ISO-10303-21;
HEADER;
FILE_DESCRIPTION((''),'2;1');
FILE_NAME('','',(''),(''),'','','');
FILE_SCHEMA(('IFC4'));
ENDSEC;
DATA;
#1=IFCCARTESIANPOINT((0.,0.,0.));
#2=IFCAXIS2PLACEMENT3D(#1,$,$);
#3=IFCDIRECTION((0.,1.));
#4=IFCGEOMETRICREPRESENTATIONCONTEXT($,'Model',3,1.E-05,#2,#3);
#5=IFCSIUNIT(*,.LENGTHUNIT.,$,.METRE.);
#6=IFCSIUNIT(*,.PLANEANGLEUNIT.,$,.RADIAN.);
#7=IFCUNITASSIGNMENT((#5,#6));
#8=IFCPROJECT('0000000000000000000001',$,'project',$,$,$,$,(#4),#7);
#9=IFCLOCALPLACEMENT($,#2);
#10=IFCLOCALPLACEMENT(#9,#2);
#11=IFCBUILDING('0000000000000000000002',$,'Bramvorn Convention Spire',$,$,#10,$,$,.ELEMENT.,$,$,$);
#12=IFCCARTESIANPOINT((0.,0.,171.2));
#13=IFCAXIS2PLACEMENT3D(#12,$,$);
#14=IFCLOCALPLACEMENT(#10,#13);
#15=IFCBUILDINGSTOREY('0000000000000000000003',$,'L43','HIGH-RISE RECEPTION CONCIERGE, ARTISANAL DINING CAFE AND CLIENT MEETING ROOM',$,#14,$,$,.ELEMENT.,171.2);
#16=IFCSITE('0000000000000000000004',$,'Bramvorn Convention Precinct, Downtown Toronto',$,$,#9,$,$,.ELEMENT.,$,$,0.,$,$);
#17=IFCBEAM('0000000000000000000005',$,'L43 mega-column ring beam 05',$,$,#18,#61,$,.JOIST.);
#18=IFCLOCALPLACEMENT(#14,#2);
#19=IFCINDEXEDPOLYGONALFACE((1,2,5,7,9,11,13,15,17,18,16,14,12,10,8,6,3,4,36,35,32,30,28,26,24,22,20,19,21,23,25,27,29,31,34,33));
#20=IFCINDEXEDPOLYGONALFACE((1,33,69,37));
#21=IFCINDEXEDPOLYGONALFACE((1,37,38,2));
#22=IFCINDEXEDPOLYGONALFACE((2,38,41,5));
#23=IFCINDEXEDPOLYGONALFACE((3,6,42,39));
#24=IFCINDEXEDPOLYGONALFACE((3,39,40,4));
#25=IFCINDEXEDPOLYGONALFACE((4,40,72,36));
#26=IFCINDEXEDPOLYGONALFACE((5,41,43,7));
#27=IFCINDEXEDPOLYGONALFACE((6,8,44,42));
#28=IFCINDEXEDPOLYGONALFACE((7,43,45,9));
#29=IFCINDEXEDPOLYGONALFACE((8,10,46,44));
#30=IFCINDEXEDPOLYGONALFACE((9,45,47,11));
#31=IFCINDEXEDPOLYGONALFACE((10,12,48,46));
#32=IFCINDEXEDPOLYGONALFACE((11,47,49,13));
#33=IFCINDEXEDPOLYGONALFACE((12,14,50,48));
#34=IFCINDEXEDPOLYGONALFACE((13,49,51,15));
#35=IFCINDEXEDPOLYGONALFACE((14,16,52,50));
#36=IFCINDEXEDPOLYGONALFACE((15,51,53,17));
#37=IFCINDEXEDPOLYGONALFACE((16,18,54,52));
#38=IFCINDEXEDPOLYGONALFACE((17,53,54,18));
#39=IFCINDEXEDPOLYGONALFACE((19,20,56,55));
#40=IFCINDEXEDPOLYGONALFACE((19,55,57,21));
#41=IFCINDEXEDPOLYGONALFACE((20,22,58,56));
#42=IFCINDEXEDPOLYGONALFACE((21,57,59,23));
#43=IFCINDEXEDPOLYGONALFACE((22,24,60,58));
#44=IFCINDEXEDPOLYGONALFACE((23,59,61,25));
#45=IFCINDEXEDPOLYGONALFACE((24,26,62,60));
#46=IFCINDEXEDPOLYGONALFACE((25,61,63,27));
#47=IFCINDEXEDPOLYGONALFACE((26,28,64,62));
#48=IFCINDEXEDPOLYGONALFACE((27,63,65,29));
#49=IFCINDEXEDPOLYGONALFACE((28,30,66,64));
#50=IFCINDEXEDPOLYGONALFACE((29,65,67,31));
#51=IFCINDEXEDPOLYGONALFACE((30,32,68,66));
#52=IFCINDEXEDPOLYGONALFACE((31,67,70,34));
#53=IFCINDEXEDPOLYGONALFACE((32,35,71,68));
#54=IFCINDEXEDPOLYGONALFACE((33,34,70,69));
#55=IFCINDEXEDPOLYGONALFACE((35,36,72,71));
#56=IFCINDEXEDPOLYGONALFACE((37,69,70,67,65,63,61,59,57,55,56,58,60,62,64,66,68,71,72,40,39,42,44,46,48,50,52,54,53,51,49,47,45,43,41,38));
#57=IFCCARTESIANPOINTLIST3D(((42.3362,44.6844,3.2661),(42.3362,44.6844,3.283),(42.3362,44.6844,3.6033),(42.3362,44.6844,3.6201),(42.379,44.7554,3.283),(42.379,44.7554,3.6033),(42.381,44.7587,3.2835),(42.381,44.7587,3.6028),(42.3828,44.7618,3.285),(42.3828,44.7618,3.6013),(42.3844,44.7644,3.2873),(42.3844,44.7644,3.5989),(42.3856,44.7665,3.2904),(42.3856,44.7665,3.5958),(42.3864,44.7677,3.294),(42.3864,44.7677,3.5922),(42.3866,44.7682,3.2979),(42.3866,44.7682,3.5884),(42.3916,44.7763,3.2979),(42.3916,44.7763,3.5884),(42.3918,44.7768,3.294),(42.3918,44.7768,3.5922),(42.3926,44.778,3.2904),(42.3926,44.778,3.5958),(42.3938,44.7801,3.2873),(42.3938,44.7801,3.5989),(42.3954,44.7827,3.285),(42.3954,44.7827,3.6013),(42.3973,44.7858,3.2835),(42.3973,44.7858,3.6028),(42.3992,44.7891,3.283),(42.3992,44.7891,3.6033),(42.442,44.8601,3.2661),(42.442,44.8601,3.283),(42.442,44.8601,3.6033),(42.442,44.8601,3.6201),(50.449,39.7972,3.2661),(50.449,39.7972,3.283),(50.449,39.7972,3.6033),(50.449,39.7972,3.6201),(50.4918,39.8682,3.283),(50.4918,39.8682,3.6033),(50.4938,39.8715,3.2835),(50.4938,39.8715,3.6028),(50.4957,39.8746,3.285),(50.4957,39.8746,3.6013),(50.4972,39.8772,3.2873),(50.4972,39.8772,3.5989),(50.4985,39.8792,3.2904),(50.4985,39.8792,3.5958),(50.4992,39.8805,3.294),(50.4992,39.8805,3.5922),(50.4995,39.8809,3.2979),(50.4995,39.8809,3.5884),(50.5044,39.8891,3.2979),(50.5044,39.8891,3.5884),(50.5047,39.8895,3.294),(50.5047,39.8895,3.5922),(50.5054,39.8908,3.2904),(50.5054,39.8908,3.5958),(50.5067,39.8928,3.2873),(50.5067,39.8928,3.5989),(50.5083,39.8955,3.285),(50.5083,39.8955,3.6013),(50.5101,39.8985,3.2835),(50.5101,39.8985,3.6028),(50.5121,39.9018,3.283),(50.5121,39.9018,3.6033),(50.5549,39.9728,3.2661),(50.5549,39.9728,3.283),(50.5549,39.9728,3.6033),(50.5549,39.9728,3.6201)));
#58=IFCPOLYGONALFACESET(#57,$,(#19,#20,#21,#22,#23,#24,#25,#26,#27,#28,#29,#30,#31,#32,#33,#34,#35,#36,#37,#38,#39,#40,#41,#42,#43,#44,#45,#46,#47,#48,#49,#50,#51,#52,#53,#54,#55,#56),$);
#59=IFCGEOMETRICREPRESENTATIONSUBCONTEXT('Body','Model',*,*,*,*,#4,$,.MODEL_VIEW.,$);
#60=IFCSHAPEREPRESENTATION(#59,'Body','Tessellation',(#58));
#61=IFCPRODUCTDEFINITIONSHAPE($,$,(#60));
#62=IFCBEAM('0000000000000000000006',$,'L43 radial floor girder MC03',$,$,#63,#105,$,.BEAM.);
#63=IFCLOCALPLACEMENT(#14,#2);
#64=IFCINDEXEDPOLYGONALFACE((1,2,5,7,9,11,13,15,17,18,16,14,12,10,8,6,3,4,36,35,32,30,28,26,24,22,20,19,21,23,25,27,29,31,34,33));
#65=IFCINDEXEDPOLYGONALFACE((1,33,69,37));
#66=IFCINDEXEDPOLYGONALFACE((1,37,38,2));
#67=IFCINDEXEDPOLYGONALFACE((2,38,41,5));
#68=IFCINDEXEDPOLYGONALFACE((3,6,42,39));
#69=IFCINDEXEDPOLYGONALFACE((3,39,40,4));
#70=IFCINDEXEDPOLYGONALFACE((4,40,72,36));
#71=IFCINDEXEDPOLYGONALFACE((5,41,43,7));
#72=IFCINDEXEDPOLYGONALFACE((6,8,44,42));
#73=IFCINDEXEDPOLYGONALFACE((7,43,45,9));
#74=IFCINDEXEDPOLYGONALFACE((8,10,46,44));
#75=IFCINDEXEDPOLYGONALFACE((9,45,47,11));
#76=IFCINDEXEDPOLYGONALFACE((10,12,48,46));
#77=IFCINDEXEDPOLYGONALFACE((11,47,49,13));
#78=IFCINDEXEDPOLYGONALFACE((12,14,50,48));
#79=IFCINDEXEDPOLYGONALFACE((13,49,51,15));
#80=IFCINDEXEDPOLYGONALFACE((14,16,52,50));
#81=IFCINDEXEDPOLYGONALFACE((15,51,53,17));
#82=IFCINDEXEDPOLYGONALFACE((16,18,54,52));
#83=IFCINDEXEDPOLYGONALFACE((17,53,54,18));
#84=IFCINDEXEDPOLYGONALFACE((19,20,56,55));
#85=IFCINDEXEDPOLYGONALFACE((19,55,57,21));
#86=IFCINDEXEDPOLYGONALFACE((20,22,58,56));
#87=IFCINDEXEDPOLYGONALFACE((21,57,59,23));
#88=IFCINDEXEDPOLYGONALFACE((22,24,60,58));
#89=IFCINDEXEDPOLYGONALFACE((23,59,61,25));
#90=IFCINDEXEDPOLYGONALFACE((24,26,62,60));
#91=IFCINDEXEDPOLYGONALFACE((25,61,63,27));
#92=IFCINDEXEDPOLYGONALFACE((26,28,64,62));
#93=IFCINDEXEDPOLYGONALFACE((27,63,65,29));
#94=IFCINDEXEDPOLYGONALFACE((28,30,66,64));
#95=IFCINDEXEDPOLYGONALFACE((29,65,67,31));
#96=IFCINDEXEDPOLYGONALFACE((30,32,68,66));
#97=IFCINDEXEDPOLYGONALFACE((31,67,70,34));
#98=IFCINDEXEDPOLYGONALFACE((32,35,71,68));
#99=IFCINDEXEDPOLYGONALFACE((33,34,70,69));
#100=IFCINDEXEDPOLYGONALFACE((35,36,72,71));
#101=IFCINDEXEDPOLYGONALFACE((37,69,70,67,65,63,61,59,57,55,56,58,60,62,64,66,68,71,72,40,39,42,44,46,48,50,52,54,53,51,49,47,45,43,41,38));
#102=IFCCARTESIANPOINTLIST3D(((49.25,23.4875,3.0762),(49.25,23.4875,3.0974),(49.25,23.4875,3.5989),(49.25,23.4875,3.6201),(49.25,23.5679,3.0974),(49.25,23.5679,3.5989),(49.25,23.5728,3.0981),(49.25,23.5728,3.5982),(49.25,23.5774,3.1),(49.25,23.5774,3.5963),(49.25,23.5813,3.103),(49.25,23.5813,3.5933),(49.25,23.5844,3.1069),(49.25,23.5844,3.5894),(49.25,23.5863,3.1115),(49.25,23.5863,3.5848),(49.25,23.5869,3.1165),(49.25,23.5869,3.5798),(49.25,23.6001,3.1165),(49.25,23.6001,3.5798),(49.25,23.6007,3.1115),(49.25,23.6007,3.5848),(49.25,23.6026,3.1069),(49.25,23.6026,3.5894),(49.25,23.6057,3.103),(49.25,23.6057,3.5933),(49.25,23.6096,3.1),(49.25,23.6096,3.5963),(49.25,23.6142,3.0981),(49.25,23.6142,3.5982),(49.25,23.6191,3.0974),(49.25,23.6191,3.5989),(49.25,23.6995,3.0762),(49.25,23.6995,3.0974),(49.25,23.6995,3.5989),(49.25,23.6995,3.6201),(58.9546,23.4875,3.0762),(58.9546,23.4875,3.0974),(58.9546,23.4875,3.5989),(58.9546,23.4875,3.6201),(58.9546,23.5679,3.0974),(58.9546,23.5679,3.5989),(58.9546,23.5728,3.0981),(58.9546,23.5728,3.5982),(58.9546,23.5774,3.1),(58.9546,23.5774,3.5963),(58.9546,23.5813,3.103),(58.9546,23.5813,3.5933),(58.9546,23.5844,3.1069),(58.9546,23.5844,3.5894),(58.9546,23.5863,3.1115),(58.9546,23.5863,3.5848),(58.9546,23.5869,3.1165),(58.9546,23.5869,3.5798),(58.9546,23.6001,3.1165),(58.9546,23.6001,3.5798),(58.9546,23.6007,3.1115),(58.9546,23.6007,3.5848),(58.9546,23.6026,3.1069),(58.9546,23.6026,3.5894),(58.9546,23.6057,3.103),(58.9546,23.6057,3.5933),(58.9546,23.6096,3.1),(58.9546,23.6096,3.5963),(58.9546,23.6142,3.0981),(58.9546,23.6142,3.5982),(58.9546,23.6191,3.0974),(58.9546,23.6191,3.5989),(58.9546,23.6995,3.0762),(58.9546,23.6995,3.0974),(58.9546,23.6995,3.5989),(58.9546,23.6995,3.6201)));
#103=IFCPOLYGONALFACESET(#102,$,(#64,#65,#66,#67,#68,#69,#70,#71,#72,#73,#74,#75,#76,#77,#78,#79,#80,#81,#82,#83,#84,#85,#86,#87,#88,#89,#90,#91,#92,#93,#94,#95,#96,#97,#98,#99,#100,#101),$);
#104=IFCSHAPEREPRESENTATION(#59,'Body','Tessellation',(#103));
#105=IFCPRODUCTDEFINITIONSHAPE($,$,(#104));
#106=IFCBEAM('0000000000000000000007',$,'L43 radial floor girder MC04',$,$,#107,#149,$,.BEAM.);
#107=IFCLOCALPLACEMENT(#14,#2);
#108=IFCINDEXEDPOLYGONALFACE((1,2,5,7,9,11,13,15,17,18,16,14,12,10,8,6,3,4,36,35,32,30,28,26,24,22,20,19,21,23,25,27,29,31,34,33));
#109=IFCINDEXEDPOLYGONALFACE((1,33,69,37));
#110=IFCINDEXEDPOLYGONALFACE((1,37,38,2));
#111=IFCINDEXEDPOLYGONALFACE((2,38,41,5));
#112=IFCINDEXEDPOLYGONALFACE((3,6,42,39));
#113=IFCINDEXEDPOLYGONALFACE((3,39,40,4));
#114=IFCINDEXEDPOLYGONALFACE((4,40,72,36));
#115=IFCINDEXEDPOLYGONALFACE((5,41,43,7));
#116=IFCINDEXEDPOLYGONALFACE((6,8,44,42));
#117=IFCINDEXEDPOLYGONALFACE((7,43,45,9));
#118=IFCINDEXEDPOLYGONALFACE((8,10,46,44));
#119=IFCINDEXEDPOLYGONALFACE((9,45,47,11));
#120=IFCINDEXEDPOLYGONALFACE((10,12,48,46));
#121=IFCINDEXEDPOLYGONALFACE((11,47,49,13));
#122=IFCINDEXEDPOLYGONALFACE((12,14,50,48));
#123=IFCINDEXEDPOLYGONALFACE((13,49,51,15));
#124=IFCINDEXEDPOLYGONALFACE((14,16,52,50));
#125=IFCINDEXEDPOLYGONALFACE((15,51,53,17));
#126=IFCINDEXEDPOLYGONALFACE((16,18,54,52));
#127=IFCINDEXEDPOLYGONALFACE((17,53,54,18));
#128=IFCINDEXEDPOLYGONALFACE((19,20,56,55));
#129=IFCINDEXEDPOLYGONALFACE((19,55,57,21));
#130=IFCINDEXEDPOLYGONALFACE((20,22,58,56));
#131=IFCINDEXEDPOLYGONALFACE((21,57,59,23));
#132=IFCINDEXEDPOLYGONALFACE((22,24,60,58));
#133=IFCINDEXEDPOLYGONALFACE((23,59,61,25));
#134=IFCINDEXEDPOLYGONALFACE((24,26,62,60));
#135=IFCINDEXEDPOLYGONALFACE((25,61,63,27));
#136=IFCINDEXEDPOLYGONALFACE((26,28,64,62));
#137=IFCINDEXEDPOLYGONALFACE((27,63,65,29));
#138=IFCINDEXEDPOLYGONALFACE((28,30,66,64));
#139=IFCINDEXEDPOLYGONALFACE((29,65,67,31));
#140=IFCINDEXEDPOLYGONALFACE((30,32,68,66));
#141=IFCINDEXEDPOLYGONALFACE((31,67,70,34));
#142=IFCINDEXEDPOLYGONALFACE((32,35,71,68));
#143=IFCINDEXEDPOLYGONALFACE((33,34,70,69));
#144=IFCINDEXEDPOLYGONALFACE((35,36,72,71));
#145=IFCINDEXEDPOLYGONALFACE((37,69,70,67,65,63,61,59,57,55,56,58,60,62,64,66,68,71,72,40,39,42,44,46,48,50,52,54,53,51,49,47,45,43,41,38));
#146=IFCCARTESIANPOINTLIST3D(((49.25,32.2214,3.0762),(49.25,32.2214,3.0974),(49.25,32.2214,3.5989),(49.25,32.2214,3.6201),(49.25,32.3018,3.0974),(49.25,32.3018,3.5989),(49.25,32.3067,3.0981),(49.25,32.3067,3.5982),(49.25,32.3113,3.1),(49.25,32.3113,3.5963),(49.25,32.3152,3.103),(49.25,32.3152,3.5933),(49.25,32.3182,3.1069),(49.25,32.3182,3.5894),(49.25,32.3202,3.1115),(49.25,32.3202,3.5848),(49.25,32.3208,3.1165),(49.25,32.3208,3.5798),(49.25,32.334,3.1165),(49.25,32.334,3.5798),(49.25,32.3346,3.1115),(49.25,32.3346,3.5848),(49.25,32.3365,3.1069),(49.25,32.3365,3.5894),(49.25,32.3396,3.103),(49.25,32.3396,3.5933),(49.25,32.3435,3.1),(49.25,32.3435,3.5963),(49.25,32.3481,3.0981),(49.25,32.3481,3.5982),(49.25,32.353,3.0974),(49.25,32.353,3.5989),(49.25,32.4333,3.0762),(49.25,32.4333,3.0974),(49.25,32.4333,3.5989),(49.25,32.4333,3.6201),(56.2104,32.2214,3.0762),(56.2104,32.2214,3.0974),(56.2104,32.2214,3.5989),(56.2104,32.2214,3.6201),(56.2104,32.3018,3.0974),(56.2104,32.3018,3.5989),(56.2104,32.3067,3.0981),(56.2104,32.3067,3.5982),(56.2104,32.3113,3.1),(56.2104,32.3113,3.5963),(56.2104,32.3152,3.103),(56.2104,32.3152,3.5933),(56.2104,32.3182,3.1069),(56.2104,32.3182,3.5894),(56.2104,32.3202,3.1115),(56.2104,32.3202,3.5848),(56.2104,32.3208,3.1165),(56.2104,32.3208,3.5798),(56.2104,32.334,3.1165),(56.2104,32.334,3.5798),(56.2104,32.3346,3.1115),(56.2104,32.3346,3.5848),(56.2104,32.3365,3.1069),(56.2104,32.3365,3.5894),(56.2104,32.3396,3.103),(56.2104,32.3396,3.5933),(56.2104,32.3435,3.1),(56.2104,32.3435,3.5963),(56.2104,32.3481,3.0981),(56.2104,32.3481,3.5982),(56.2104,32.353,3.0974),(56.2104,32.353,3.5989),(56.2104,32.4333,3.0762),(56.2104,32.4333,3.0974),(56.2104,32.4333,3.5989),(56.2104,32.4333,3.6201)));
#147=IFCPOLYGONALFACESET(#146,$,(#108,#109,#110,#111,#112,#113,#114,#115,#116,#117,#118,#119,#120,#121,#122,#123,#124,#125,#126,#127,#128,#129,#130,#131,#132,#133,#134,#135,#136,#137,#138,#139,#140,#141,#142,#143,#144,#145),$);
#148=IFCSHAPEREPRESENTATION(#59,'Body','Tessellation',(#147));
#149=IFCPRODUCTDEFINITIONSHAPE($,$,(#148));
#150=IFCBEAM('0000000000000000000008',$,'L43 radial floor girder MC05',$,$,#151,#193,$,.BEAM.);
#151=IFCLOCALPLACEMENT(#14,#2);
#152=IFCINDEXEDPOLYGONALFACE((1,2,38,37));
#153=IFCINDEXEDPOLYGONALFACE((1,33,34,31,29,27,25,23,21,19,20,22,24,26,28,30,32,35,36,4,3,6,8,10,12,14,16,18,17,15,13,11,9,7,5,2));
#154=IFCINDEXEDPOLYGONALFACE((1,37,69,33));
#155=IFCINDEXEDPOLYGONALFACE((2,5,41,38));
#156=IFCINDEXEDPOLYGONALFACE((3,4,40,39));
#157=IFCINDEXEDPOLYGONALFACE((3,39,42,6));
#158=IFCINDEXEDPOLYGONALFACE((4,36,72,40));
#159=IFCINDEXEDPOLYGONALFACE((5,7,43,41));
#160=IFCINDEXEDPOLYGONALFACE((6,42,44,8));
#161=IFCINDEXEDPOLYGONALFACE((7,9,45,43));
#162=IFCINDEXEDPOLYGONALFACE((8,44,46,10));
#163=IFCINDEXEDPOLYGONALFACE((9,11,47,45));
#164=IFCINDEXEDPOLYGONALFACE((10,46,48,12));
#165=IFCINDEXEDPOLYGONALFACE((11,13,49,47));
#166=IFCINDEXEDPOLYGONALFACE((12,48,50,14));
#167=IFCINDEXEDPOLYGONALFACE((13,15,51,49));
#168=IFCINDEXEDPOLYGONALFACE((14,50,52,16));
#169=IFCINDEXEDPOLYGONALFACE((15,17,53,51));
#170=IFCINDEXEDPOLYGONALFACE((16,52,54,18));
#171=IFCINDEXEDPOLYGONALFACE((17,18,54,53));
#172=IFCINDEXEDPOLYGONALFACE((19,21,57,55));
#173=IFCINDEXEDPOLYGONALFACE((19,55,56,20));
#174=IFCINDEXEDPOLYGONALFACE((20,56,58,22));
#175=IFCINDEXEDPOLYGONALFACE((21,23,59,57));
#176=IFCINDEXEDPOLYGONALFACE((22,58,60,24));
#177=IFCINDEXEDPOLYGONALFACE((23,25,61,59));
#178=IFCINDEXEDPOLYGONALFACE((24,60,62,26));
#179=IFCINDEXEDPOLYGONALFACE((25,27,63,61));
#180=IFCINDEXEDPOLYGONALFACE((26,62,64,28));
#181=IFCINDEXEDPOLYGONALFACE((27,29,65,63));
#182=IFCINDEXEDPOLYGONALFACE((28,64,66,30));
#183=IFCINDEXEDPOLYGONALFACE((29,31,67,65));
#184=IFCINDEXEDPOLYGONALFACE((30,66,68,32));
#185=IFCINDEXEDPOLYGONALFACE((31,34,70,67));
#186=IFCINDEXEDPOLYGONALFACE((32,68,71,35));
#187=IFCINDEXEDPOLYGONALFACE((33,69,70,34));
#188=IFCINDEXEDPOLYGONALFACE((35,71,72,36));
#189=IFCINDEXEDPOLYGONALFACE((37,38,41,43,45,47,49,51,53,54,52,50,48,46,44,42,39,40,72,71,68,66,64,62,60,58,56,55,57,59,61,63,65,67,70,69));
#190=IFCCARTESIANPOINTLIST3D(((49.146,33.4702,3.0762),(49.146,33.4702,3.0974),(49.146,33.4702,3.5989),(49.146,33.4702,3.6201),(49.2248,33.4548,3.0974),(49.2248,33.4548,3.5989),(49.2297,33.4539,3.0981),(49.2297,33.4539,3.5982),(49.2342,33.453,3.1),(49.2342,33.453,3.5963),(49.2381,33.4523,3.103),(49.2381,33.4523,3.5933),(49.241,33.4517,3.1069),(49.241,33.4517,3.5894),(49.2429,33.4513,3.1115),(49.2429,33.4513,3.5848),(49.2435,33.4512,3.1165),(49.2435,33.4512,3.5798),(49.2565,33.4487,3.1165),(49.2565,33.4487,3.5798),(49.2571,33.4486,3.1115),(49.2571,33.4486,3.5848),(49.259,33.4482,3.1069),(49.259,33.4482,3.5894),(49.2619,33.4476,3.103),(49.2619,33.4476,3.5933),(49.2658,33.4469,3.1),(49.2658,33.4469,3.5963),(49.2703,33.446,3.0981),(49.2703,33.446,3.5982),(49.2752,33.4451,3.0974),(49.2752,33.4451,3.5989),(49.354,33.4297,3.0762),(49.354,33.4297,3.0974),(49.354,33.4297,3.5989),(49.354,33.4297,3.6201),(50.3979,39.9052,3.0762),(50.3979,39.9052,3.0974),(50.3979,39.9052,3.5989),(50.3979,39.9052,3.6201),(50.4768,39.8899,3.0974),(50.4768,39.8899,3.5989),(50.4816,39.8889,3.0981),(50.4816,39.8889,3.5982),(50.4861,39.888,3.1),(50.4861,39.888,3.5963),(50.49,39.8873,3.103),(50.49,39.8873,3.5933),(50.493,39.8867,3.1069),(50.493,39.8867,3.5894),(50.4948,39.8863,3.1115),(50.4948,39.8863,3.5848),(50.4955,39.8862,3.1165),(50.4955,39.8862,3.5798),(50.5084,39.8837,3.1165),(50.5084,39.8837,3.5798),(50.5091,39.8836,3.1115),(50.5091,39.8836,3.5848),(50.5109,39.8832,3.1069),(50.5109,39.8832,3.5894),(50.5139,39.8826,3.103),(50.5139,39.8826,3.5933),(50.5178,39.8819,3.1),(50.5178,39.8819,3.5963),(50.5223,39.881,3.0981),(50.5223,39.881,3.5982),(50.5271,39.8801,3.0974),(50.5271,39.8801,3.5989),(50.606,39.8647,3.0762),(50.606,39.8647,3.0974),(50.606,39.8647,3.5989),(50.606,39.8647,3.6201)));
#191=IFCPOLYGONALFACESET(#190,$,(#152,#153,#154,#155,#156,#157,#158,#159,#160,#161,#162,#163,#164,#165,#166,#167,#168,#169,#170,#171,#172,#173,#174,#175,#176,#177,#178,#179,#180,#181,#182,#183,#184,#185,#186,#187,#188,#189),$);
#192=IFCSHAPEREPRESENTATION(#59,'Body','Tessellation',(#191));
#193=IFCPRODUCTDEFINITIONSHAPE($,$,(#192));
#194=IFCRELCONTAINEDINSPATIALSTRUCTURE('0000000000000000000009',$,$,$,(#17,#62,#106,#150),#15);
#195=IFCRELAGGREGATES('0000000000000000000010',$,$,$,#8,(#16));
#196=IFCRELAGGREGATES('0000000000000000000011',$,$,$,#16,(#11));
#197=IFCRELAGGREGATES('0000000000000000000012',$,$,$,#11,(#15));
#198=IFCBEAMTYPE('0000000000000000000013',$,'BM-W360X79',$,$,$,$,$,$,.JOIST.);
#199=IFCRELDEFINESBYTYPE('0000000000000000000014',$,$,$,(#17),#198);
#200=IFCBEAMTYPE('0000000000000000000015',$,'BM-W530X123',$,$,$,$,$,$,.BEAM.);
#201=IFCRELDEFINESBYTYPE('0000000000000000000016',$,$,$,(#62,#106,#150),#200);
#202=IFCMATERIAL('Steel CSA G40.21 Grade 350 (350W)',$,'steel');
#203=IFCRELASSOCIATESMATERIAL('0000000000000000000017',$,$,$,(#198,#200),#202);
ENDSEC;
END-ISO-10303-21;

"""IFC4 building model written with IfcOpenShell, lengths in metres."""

from ifc_helpers import new_model, si_unit, direction, frame, origin, origin_2d, place, context, subcontext, project, spatial, i_section, extrude, material, material_profile, profile_set, type_object, element, save


model = new_model("IFC4")

# Units and contexts
model_context = context("Model", 3, precision=1e-05, world=origin(), true_north=direction((0.0, 1.0)))
body_context = subcontext(model_context, "Body", "Model", "MODEL_VIEW")
ifc_project = project(units=[si_unit("LENGTHUNIT", "METRE"), si_unit("PLANEANGLEUNIT", "RADIAN")], contexts=[model_context])

# Site, building, storey
site_placement = place(None, origin())
site = spatial("IfcSite", under=ifc_project, at=site_placement, Name="Bramvorn Convention Precinct, Downtown Toronto", CompositionType="ELEMENT", RefElevation=0.0)
building_placement = place(site_placement, origin())
building = spatial("IfcBuilding", under=site, at=building_placement, Name="Bramvorn Convention Spire", CompositionType="ELEMENT")
storey_placement = place(building_placement, frame((0.0, 0.0, 171.2)))
storey = spatial("IfcBuildingStorey", under=building, at=storey_placement, Name="L43", Description="HIGH-RISE RECEPTION CONCIERGE, ARTISANAL DINING CAFE AND CLIENT MEETING ROOM", CompositionType="ELEMENT", Elevation=171.2)

# Shared definitions
ifc_material_1 = material(Name="Steel CSA G40.21 Grade 350 (350W)", Category="steel")

# Beams
ifc_material_profile_1 = material_profile(ifc_material_1, i_section(OverallWidth=0.2051, OverallDepth=0.354, WebThickness=0.0095, FlangeThickness=0.0168, FilletRadius=0.0149, at=origin_2d()))
ifc_profile_set_1 = profile_set([ifc_material_profile_1], Name="Steel CSA G40.21 Grade 350 (350W) - W360X79")
beam_type_1 = type_object("IfcBeamType", Name="BM-W360X79", PredefinedType="JOIST", material=ifc_profile_set_1)
for number, where, z_axis, x_axis, name in (
    (1, (50.502, 39.885, 3.4431), (-0.856582, 0.516011, 0.0), (-0.516011, -0.856582, 0.0), "L43 mega-column ring beam 05"),
):
    element("IfcBeam", number, at=place(storey_placement, frame(where, z_axis=z_axis, x_axis=x_axis)), inside=storey, type_object=beam_type_1, Name=name, PredefinedType="JOIST", context=body_context, shape_type="SweptSolid", body=[
        extrude(i_section(OverallWidth=0.2051, OverallDepth=0.354, WebThickness=0.0095, FlangeThickness=0.0168, FilletRadius=0.0149, at=origin_2d()), origin(), (0.0, 0.0, 1.0), 9.4712),
    ])
ifc_material_profile_2 = material_profile(ifc_material_1, i_section(OverallWidth=0.2119, OverallDepth=0.5439, WebThickness=0.0132, FlangeThickness=0.0212, FilletRadius=0.019, at=origin_2d()))
ifc_profile_set_2 = profile_set([ifc_material_profile_2], Name="Steel CSA G40.21 Grade 350 (350W) - W530X123")
beam_type_2 = type_object("IfcBeamType", Name="BM-W530X123", PredefinedType="BEAM", material=ifc_profile_set_2)
beam_1_placement = place(storey_placement, frame((49.25, 23.5935, 3.3481), z_axis=(1.0, 0.0, 0.0), x_axis=(0.0, 1.0, 0.0)))
element("IfcBeam", 2, at=beam_1_placement, inside=storey, type_object=beam_type_2, Name="L43 radial floor girder MC03", PredefinedType="BEAM", context=body_context, shape_type="SweptSolid", body=[
    extrude(i_section(OverallWidth=0.2119, OverallDepth=0.5439, WebThickness=0.0132, FlangeThickness=0.0212, FilletRadius=0.019, at=origin_2d()), origin(), (0.0, 0.0, 1.0), 9.7046),
])
beam_2_placement = place(storey_placement, frame((49.25, 32.3274, 3.3481), z_axis=(1.0, 0.0, 0.0), x_axis=(0.0, 1.0, 0.0)))
element("IfcBeam", 3, at=beam_2_placement, inside=storey, type_object=beam_type_2, Name="L43 radial floor girder MC04", PredefinedType="BEAM", context=body_context, shape_type="SweptSolid", body=[
    extrude(i_section(OverallWidth=0.2119, OverallDepth=0.5439, WebThickness=0.0132, FlangeThickness=0.0212, FilletRadius=0.019, at=origin_2d()), origin(), (0.0, 0.0, 1.0), 6.9604),
])
beam_3_placement = place(storey_placement, frame((49.25, 33.45, 3.3481), z_axis=(0.190971, 0.981596, 0.0), x_axis=(-0.981596, 0.190971, 0.0)))
element("IfcBeam", 4, at=beam_3_placement, inside=storey, type_object=beam_type_2, Name="L43 radial floor girder MC05", PredefinedType="BEAM", context=body_context, shape_type="SweptSolid", body=[
    extrude(i_section(OverallWidth=0.2119, OverallDepth=0.5439, WebThickness=0.0132, FlangeThickness=0.0212, FilletRadius=0.019, at=origin_2d()), origin(), (0.0, 0.0, 1.0), 6.5557),
])

save(model, "model.ifc")
